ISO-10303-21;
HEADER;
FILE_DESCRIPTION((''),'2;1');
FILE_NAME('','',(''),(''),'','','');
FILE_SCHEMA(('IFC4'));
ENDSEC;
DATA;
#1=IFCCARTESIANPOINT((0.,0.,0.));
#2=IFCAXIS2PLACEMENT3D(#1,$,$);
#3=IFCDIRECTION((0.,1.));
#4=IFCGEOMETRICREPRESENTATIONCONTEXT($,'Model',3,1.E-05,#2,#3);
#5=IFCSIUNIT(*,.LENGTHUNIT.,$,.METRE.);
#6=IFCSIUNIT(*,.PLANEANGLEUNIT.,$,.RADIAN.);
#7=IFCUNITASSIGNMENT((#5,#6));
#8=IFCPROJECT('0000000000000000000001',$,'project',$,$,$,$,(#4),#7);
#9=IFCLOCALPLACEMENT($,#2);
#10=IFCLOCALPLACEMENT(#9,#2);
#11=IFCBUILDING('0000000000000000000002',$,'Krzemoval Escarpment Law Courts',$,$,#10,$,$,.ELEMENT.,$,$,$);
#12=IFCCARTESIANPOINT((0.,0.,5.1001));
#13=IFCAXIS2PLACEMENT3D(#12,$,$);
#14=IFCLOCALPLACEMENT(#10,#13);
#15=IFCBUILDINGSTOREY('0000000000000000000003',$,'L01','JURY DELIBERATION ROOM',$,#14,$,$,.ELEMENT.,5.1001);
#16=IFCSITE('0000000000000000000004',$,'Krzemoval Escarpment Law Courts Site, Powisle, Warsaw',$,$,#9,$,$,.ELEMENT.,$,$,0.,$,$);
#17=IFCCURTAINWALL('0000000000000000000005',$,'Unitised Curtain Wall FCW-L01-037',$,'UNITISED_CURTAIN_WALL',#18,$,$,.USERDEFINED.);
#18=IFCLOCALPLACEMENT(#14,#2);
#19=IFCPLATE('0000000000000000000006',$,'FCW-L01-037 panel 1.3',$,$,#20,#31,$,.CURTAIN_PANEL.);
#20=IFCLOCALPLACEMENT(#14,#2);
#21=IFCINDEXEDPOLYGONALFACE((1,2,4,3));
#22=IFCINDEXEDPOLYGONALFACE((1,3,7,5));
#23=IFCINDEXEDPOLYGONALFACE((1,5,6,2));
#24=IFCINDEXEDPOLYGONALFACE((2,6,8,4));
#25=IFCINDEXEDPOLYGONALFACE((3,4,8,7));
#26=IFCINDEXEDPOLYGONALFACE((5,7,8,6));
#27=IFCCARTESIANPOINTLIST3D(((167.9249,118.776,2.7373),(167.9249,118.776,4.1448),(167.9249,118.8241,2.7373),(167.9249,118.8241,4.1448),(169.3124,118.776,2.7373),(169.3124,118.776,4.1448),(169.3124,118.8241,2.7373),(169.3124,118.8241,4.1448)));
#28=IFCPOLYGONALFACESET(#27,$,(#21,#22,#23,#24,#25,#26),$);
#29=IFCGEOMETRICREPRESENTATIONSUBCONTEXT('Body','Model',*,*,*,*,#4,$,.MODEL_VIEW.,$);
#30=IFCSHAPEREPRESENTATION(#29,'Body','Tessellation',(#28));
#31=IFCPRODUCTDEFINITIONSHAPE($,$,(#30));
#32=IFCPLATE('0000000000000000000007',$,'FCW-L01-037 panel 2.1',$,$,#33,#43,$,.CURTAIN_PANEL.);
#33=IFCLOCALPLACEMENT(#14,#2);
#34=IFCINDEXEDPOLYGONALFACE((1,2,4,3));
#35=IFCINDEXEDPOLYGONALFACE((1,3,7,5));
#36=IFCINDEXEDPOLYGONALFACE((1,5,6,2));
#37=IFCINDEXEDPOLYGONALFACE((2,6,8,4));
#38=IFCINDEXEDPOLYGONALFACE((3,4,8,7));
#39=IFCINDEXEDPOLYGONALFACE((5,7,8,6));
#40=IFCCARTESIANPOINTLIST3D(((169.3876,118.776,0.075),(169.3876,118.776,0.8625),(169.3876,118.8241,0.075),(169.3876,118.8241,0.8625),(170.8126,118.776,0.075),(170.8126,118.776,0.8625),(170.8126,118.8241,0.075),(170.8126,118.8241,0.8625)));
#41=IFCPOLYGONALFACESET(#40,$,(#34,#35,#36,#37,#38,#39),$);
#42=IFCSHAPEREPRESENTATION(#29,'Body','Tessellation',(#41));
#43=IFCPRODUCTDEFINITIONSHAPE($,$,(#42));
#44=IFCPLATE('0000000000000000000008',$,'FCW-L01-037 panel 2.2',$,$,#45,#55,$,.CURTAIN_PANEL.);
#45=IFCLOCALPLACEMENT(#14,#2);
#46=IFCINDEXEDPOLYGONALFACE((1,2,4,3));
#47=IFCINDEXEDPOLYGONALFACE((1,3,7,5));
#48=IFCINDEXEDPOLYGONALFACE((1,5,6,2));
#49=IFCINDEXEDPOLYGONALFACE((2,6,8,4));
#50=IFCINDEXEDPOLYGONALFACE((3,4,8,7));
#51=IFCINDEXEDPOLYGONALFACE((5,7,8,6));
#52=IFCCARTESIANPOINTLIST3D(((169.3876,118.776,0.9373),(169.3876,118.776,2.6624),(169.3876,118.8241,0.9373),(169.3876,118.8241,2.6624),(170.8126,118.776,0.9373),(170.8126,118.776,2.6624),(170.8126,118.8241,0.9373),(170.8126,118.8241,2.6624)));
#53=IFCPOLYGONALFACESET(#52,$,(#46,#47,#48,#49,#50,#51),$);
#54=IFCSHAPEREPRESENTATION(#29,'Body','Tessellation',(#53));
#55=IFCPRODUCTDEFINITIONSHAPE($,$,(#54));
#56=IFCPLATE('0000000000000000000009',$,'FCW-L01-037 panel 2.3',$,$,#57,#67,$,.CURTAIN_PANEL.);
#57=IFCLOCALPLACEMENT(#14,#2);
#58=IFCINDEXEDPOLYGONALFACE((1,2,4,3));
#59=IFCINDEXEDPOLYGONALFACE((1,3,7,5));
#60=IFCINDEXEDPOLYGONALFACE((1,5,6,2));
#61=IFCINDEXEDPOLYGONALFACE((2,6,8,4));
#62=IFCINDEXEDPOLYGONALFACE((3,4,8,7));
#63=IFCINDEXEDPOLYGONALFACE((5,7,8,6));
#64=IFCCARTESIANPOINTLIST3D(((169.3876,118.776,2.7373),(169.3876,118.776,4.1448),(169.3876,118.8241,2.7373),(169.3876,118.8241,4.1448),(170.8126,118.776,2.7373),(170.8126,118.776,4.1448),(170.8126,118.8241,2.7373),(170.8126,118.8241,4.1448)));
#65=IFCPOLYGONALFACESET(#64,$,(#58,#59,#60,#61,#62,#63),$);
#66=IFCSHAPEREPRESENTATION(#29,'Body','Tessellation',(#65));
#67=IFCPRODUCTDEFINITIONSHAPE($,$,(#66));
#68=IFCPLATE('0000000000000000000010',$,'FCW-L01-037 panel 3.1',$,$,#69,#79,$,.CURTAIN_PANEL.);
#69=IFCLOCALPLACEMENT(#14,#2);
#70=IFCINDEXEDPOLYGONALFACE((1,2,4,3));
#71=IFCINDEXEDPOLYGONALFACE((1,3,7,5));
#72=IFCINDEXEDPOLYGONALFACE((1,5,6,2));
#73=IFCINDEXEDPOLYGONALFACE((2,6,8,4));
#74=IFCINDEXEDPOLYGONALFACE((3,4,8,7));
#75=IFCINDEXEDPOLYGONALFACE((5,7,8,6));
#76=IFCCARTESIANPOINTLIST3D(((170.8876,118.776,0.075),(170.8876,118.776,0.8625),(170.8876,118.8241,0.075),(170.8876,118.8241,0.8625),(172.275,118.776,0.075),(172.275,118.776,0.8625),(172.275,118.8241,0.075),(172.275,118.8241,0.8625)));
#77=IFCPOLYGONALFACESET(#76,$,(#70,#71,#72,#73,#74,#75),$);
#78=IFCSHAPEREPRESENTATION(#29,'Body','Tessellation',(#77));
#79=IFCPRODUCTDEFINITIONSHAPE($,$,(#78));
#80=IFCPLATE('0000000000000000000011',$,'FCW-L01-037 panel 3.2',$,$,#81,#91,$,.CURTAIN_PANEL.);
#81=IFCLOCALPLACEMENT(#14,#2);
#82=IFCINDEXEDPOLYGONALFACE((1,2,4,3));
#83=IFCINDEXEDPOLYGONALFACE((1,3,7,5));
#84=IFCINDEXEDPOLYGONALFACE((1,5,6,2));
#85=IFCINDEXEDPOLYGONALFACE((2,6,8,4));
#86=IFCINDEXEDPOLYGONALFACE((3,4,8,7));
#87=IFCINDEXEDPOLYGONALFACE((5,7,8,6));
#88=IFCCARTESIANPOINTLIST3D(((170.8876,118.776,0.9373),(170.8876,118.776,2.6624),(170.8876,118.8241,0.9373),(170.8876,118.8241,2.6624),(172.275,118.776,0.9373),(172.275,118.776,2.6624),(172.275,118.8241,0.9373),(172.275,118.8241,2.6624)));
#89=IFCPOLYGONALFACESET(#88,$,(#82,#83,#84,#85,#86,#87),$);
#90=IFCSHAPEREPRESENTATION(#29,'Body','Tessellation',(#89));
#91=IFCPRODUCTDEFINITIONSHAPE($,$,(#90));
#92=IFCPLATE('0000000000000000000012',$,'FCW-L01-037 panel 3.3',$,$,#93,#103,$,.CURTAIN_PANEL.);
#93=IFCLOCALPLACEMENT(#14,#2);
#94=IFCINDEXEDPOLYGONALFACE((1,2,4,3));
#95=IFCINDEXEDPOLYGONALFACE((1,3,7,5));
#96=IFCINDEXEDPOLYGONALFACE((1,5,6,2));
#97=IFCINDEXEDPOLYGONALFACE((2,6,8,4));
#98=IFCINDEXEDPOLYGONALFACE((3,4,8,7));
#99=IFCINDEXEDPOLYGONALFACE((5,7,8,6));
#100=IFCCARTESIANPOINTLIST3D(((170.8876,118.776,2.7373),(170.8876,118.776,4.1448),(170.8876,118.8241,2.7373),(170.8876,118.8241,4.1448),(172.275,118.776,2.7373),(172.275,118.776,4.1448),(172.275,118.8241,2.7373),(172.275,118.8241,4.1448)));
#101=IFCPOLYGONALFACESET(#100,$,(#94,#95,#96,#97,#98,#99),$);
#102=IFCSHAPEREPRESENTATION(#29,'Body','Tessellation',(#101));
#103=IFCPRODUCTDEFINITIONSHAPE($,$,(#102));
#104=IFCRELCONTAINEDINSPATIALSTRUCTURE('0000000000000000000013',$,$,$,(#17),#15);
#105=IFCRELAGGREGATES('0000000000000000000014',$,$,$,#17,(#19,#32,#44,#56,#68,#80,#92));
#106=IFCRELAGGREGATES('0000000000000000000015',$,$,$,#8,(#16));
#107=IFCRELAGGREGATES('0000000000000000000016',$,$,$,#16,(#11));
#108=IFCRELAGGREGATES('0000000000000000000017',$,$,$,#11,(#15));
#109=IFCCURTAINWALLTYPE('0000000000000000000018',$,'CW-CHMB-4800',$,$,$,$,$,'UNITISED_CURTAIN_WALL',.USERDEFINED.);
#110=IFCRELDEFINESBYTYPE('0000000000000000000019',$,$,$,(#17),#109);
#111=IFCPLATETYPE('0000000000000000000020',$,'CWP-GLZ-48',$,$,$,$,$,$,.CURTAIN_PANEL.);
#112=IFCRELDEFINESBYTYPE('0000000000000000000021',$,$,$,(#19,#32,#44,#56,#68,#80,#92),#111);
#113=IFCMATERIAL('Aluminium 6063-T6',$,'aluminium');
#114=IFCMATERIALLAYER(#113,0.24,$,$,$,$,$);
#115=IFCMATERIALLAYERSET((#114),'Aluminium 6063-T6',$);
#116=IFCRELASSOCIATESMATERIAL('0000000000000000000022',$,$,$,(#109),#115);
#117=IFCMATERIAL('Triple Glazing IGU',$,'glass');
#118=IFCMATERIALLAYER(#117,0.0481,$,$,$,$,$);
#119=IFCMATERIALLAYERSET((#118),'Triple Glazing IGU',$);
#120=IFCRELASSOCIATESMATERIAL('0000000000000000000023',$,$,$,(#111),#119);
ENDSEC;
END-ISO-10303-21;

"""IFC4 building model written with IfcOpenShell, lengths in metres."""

from ifc_helpers import new_model, si_unit, direction, frame, origin, origin_2d, place, context, subcontext, project, spatial, rectangle, extrude, material, layer, layer_set, type_object, element, aggregate, save


model = new_model("IFC4")

# Units and contexts
model_context = context("Model", 3, precision=1e-05, world=origin(), true_north=direction((0.0, 1.0)))
body_context = subcontext(model_context, "Body", "Model", "MODEL_VIEW")
ifc_project = project(units=[si_unit("LENGTHUNIT", "METRE"), si_unit("PLANEANGLEUNIT", "RADIAN")], contexts=[model_context])

# Site, building, storey
site_placement = place(None, origin())
site = spatial("IfcSite", under=ifc_project, at=site_placement, Name="Krzemoval Escarpment Law Courts Site, Powisle, Warsaw", CompositionType="ELEMENT", RefElevation=0.0)
building_placement = place(site_placement, origin())
building = spatial("IfcBuilding", under=site, at=building_placement, Name="Krzemoval Escarpment Law Courts", CompositionType="ELEMENT")
storey_placement = place(building_placement, frame((0.0, 0.0, 5.1001)))
storey = spatial("IfcBuildingStorey", under=building, at=storey_placement, Name="L01", Description="JURY DELIBERATION ROOM", CompositionType="ELEMENT", Elevation=5.1001)

# Curtain wall
ifc_material_1 = material(Name="Aluminium 6063-T6", Category="aluminium")
ifc_layer_1 = layer(ifc_material_1, 0.24)
ifc_layer_set_1 = layer_set([ifc_layer_1], Name="Aluminium 6063-T6")
curtain_wall_type = type_object("IfcCurtainWallType", Name="CW-CHMB-4800", ElementType="UNITISED_CURTAIN_WALL", PredefinedType="USERDEFINED", material=ifc_layer_set_1)
curtain_wall_placement = place(storey_placement, origin())
curtain_wall = element("IfcCurtainWall", 1, at=curtain_wall_placement, inside=storey, type_object=curtain_wall_type, Name="Unitised Curtain Wall FCW-L01-037", ObjectType="UNITISED_CURTAIN_WALL", PredefinedType="USERDEFINED")

# Plates
ifc_material_2 = material(Name="Triple Glazing IGU", Category="glass")
ifc_layer_2 = layer(ifc_material_2, 0.0481)
ifc_layer_set_2 = layer_set([ifc_layer_2], Name="Triple Glazing IGU")
plate_type = type_object("IfcPlateType", Name="CWP-GLZ-48", PredefinedType="CURTAIN_PANEL", material=ifc_layer_set_2)
plate_1_placement = place(storey_placement, frame((168.6187, 118.8, 2.7373), z_axis=(0.0, 0.0, 1.0), x_axis=(1.0, 0.0, 0.0)))
plate_1 = element("IfcPlate", 2, at=plate_1_placement, type_object=plate_type, Name="FCW-L01-037 panel 1.3", PredefinedType="CURTAIN_PANEL", context=body_context, shape_type="SweptSolid", body=[
    extrude(rectangle(XDim=1.3875, YDim=0.0481, at=origin_2d()), origin(), (0.0, 0.0, 1.0), 1.4075),
])
plate_2_placement = place(storey_placement, frame((170.1001, 118.8, 0.075), z_axis=(0.0, 0.0, 1.0), x_axis=(1.0, 0.0, 0.0)))
plate_2 = element("IfcPlate", 3, at=plate_2_placement, type_object=plate_type, Name="FCW-L01-037 panel 2.1", PredefinedType="CURTAIN_PANEL", context=body_context, shape_type="SweptSolid", body=[
    extrude(rectangle(XDim=1.425, YDim=0.0481, at=origin_2d()), origin(), (0.0, 0.0, 1.0), 0.7876),
])
plate_3_placement = place(storey_placement, frame((170.1001, 118.8, 0.9373), z_axis=(0.0, 0.0, 1.0), x_axis=(1.0, 0.0, 0.0)))
plate_3 = element("IfcPlate", 4, at=plate_3_placement, type_object=plate_type, Name="FCW-L01-037 panel 2.2", PredefinedType="CURTAIN_PANEL", context=body_context, shape_type="SweptSolid", body=[
    extrude(rectangle(XDim=1.425, YDim=0.0481, at=origin_2d()), origin(), (0.0, 0.0, 1.0), 1.7251),
])
plate_4_placement = place(storey_placement, frame((170.1001, 118.8, 2.7373), z_axis=(0.0, 0.0, 1.0), x_axis=(1.0, 0.0, 0.0)))
plate_4 = element("IfcPlate", 5, at=plate_4_placement, type_object=plate_type, Name="FCW-L01-037 panel 2.3", PredefinedType="CURTAIN_PANEL", context=body_context, shape_type="SweptSolid", body=[
    extrude(rectangle(XDim=1.425, YDim=0.0481, at=origin_2d()), origin(), (0.0, 0.0, 1.0), 1.4075),
])
plate_5_placement = place(storey_placement, frame((171.5813, 118.8, 0.075), z_axis=(0.0, 0.0, 1.0), x_axis=(1.0, 0.0, 0.0)))
plate_5 = element("IfcPlate", 6, at=plate_5_placement, type_object=plate_type, Name="FCW-L01-037 panel 3.1", PredefinedType="CURTAIN_PANEL", context=body_context, shape_type="SweptSolid", body=[
    extrude(rectangle(XDim=1.3875, YDim=0.0481, at=origin_2d()), origin(), (0.0, 0.0, 1.0), 0.7876),
])
plate_6_placement = place(storey_placement, frame((171.5813, 118.8, 0.9373), z_axis=(0.0, 0.0, 1.0), x_axis=(1.0, 0.0, 0.0)))
plate_6 = element("IfcPlate", 7, at=plate_6_placement, type_object=plate_type, Name="FCW-L01-037 panel 3.2", PredefinedType="CURTAIN_PANEL", context=body_context, shape_type="SweptSolid", body=[
    extrude(rectangle(XDim=1.3875, YDim=0.0481, at=origin_2d()), origin(), (0.0, 0.0, 1.0), 1.7251),
])
plate_7_placement = place(storey_placement, frame((171.5813, 118.8, 2.7373), z_axis=(0.0, 0.0, 1.0), x_axis=(1.0, 0.0, 0.0)))
plate_7 = element("IfcPlate", 8, at=plate_7_placement, type_object=plate_type, Name="FCW-L01-037 panel 3.3", PredefinedType="CURTAIN_PANEL", context=body_context, shape_type="SweptSolid", body=[
    extrude(rectangle(XDim=1.3875, YDim=0.0481, at=origin_2d()), origin(), (0.0, 0.0, 1.0), 1.4075),
])
aggregate(curtain_wall, [plate_1, plate_2, plate_3, plate_4, plate_5, plate_6, plate_7])

save(model, "model.ifc")
